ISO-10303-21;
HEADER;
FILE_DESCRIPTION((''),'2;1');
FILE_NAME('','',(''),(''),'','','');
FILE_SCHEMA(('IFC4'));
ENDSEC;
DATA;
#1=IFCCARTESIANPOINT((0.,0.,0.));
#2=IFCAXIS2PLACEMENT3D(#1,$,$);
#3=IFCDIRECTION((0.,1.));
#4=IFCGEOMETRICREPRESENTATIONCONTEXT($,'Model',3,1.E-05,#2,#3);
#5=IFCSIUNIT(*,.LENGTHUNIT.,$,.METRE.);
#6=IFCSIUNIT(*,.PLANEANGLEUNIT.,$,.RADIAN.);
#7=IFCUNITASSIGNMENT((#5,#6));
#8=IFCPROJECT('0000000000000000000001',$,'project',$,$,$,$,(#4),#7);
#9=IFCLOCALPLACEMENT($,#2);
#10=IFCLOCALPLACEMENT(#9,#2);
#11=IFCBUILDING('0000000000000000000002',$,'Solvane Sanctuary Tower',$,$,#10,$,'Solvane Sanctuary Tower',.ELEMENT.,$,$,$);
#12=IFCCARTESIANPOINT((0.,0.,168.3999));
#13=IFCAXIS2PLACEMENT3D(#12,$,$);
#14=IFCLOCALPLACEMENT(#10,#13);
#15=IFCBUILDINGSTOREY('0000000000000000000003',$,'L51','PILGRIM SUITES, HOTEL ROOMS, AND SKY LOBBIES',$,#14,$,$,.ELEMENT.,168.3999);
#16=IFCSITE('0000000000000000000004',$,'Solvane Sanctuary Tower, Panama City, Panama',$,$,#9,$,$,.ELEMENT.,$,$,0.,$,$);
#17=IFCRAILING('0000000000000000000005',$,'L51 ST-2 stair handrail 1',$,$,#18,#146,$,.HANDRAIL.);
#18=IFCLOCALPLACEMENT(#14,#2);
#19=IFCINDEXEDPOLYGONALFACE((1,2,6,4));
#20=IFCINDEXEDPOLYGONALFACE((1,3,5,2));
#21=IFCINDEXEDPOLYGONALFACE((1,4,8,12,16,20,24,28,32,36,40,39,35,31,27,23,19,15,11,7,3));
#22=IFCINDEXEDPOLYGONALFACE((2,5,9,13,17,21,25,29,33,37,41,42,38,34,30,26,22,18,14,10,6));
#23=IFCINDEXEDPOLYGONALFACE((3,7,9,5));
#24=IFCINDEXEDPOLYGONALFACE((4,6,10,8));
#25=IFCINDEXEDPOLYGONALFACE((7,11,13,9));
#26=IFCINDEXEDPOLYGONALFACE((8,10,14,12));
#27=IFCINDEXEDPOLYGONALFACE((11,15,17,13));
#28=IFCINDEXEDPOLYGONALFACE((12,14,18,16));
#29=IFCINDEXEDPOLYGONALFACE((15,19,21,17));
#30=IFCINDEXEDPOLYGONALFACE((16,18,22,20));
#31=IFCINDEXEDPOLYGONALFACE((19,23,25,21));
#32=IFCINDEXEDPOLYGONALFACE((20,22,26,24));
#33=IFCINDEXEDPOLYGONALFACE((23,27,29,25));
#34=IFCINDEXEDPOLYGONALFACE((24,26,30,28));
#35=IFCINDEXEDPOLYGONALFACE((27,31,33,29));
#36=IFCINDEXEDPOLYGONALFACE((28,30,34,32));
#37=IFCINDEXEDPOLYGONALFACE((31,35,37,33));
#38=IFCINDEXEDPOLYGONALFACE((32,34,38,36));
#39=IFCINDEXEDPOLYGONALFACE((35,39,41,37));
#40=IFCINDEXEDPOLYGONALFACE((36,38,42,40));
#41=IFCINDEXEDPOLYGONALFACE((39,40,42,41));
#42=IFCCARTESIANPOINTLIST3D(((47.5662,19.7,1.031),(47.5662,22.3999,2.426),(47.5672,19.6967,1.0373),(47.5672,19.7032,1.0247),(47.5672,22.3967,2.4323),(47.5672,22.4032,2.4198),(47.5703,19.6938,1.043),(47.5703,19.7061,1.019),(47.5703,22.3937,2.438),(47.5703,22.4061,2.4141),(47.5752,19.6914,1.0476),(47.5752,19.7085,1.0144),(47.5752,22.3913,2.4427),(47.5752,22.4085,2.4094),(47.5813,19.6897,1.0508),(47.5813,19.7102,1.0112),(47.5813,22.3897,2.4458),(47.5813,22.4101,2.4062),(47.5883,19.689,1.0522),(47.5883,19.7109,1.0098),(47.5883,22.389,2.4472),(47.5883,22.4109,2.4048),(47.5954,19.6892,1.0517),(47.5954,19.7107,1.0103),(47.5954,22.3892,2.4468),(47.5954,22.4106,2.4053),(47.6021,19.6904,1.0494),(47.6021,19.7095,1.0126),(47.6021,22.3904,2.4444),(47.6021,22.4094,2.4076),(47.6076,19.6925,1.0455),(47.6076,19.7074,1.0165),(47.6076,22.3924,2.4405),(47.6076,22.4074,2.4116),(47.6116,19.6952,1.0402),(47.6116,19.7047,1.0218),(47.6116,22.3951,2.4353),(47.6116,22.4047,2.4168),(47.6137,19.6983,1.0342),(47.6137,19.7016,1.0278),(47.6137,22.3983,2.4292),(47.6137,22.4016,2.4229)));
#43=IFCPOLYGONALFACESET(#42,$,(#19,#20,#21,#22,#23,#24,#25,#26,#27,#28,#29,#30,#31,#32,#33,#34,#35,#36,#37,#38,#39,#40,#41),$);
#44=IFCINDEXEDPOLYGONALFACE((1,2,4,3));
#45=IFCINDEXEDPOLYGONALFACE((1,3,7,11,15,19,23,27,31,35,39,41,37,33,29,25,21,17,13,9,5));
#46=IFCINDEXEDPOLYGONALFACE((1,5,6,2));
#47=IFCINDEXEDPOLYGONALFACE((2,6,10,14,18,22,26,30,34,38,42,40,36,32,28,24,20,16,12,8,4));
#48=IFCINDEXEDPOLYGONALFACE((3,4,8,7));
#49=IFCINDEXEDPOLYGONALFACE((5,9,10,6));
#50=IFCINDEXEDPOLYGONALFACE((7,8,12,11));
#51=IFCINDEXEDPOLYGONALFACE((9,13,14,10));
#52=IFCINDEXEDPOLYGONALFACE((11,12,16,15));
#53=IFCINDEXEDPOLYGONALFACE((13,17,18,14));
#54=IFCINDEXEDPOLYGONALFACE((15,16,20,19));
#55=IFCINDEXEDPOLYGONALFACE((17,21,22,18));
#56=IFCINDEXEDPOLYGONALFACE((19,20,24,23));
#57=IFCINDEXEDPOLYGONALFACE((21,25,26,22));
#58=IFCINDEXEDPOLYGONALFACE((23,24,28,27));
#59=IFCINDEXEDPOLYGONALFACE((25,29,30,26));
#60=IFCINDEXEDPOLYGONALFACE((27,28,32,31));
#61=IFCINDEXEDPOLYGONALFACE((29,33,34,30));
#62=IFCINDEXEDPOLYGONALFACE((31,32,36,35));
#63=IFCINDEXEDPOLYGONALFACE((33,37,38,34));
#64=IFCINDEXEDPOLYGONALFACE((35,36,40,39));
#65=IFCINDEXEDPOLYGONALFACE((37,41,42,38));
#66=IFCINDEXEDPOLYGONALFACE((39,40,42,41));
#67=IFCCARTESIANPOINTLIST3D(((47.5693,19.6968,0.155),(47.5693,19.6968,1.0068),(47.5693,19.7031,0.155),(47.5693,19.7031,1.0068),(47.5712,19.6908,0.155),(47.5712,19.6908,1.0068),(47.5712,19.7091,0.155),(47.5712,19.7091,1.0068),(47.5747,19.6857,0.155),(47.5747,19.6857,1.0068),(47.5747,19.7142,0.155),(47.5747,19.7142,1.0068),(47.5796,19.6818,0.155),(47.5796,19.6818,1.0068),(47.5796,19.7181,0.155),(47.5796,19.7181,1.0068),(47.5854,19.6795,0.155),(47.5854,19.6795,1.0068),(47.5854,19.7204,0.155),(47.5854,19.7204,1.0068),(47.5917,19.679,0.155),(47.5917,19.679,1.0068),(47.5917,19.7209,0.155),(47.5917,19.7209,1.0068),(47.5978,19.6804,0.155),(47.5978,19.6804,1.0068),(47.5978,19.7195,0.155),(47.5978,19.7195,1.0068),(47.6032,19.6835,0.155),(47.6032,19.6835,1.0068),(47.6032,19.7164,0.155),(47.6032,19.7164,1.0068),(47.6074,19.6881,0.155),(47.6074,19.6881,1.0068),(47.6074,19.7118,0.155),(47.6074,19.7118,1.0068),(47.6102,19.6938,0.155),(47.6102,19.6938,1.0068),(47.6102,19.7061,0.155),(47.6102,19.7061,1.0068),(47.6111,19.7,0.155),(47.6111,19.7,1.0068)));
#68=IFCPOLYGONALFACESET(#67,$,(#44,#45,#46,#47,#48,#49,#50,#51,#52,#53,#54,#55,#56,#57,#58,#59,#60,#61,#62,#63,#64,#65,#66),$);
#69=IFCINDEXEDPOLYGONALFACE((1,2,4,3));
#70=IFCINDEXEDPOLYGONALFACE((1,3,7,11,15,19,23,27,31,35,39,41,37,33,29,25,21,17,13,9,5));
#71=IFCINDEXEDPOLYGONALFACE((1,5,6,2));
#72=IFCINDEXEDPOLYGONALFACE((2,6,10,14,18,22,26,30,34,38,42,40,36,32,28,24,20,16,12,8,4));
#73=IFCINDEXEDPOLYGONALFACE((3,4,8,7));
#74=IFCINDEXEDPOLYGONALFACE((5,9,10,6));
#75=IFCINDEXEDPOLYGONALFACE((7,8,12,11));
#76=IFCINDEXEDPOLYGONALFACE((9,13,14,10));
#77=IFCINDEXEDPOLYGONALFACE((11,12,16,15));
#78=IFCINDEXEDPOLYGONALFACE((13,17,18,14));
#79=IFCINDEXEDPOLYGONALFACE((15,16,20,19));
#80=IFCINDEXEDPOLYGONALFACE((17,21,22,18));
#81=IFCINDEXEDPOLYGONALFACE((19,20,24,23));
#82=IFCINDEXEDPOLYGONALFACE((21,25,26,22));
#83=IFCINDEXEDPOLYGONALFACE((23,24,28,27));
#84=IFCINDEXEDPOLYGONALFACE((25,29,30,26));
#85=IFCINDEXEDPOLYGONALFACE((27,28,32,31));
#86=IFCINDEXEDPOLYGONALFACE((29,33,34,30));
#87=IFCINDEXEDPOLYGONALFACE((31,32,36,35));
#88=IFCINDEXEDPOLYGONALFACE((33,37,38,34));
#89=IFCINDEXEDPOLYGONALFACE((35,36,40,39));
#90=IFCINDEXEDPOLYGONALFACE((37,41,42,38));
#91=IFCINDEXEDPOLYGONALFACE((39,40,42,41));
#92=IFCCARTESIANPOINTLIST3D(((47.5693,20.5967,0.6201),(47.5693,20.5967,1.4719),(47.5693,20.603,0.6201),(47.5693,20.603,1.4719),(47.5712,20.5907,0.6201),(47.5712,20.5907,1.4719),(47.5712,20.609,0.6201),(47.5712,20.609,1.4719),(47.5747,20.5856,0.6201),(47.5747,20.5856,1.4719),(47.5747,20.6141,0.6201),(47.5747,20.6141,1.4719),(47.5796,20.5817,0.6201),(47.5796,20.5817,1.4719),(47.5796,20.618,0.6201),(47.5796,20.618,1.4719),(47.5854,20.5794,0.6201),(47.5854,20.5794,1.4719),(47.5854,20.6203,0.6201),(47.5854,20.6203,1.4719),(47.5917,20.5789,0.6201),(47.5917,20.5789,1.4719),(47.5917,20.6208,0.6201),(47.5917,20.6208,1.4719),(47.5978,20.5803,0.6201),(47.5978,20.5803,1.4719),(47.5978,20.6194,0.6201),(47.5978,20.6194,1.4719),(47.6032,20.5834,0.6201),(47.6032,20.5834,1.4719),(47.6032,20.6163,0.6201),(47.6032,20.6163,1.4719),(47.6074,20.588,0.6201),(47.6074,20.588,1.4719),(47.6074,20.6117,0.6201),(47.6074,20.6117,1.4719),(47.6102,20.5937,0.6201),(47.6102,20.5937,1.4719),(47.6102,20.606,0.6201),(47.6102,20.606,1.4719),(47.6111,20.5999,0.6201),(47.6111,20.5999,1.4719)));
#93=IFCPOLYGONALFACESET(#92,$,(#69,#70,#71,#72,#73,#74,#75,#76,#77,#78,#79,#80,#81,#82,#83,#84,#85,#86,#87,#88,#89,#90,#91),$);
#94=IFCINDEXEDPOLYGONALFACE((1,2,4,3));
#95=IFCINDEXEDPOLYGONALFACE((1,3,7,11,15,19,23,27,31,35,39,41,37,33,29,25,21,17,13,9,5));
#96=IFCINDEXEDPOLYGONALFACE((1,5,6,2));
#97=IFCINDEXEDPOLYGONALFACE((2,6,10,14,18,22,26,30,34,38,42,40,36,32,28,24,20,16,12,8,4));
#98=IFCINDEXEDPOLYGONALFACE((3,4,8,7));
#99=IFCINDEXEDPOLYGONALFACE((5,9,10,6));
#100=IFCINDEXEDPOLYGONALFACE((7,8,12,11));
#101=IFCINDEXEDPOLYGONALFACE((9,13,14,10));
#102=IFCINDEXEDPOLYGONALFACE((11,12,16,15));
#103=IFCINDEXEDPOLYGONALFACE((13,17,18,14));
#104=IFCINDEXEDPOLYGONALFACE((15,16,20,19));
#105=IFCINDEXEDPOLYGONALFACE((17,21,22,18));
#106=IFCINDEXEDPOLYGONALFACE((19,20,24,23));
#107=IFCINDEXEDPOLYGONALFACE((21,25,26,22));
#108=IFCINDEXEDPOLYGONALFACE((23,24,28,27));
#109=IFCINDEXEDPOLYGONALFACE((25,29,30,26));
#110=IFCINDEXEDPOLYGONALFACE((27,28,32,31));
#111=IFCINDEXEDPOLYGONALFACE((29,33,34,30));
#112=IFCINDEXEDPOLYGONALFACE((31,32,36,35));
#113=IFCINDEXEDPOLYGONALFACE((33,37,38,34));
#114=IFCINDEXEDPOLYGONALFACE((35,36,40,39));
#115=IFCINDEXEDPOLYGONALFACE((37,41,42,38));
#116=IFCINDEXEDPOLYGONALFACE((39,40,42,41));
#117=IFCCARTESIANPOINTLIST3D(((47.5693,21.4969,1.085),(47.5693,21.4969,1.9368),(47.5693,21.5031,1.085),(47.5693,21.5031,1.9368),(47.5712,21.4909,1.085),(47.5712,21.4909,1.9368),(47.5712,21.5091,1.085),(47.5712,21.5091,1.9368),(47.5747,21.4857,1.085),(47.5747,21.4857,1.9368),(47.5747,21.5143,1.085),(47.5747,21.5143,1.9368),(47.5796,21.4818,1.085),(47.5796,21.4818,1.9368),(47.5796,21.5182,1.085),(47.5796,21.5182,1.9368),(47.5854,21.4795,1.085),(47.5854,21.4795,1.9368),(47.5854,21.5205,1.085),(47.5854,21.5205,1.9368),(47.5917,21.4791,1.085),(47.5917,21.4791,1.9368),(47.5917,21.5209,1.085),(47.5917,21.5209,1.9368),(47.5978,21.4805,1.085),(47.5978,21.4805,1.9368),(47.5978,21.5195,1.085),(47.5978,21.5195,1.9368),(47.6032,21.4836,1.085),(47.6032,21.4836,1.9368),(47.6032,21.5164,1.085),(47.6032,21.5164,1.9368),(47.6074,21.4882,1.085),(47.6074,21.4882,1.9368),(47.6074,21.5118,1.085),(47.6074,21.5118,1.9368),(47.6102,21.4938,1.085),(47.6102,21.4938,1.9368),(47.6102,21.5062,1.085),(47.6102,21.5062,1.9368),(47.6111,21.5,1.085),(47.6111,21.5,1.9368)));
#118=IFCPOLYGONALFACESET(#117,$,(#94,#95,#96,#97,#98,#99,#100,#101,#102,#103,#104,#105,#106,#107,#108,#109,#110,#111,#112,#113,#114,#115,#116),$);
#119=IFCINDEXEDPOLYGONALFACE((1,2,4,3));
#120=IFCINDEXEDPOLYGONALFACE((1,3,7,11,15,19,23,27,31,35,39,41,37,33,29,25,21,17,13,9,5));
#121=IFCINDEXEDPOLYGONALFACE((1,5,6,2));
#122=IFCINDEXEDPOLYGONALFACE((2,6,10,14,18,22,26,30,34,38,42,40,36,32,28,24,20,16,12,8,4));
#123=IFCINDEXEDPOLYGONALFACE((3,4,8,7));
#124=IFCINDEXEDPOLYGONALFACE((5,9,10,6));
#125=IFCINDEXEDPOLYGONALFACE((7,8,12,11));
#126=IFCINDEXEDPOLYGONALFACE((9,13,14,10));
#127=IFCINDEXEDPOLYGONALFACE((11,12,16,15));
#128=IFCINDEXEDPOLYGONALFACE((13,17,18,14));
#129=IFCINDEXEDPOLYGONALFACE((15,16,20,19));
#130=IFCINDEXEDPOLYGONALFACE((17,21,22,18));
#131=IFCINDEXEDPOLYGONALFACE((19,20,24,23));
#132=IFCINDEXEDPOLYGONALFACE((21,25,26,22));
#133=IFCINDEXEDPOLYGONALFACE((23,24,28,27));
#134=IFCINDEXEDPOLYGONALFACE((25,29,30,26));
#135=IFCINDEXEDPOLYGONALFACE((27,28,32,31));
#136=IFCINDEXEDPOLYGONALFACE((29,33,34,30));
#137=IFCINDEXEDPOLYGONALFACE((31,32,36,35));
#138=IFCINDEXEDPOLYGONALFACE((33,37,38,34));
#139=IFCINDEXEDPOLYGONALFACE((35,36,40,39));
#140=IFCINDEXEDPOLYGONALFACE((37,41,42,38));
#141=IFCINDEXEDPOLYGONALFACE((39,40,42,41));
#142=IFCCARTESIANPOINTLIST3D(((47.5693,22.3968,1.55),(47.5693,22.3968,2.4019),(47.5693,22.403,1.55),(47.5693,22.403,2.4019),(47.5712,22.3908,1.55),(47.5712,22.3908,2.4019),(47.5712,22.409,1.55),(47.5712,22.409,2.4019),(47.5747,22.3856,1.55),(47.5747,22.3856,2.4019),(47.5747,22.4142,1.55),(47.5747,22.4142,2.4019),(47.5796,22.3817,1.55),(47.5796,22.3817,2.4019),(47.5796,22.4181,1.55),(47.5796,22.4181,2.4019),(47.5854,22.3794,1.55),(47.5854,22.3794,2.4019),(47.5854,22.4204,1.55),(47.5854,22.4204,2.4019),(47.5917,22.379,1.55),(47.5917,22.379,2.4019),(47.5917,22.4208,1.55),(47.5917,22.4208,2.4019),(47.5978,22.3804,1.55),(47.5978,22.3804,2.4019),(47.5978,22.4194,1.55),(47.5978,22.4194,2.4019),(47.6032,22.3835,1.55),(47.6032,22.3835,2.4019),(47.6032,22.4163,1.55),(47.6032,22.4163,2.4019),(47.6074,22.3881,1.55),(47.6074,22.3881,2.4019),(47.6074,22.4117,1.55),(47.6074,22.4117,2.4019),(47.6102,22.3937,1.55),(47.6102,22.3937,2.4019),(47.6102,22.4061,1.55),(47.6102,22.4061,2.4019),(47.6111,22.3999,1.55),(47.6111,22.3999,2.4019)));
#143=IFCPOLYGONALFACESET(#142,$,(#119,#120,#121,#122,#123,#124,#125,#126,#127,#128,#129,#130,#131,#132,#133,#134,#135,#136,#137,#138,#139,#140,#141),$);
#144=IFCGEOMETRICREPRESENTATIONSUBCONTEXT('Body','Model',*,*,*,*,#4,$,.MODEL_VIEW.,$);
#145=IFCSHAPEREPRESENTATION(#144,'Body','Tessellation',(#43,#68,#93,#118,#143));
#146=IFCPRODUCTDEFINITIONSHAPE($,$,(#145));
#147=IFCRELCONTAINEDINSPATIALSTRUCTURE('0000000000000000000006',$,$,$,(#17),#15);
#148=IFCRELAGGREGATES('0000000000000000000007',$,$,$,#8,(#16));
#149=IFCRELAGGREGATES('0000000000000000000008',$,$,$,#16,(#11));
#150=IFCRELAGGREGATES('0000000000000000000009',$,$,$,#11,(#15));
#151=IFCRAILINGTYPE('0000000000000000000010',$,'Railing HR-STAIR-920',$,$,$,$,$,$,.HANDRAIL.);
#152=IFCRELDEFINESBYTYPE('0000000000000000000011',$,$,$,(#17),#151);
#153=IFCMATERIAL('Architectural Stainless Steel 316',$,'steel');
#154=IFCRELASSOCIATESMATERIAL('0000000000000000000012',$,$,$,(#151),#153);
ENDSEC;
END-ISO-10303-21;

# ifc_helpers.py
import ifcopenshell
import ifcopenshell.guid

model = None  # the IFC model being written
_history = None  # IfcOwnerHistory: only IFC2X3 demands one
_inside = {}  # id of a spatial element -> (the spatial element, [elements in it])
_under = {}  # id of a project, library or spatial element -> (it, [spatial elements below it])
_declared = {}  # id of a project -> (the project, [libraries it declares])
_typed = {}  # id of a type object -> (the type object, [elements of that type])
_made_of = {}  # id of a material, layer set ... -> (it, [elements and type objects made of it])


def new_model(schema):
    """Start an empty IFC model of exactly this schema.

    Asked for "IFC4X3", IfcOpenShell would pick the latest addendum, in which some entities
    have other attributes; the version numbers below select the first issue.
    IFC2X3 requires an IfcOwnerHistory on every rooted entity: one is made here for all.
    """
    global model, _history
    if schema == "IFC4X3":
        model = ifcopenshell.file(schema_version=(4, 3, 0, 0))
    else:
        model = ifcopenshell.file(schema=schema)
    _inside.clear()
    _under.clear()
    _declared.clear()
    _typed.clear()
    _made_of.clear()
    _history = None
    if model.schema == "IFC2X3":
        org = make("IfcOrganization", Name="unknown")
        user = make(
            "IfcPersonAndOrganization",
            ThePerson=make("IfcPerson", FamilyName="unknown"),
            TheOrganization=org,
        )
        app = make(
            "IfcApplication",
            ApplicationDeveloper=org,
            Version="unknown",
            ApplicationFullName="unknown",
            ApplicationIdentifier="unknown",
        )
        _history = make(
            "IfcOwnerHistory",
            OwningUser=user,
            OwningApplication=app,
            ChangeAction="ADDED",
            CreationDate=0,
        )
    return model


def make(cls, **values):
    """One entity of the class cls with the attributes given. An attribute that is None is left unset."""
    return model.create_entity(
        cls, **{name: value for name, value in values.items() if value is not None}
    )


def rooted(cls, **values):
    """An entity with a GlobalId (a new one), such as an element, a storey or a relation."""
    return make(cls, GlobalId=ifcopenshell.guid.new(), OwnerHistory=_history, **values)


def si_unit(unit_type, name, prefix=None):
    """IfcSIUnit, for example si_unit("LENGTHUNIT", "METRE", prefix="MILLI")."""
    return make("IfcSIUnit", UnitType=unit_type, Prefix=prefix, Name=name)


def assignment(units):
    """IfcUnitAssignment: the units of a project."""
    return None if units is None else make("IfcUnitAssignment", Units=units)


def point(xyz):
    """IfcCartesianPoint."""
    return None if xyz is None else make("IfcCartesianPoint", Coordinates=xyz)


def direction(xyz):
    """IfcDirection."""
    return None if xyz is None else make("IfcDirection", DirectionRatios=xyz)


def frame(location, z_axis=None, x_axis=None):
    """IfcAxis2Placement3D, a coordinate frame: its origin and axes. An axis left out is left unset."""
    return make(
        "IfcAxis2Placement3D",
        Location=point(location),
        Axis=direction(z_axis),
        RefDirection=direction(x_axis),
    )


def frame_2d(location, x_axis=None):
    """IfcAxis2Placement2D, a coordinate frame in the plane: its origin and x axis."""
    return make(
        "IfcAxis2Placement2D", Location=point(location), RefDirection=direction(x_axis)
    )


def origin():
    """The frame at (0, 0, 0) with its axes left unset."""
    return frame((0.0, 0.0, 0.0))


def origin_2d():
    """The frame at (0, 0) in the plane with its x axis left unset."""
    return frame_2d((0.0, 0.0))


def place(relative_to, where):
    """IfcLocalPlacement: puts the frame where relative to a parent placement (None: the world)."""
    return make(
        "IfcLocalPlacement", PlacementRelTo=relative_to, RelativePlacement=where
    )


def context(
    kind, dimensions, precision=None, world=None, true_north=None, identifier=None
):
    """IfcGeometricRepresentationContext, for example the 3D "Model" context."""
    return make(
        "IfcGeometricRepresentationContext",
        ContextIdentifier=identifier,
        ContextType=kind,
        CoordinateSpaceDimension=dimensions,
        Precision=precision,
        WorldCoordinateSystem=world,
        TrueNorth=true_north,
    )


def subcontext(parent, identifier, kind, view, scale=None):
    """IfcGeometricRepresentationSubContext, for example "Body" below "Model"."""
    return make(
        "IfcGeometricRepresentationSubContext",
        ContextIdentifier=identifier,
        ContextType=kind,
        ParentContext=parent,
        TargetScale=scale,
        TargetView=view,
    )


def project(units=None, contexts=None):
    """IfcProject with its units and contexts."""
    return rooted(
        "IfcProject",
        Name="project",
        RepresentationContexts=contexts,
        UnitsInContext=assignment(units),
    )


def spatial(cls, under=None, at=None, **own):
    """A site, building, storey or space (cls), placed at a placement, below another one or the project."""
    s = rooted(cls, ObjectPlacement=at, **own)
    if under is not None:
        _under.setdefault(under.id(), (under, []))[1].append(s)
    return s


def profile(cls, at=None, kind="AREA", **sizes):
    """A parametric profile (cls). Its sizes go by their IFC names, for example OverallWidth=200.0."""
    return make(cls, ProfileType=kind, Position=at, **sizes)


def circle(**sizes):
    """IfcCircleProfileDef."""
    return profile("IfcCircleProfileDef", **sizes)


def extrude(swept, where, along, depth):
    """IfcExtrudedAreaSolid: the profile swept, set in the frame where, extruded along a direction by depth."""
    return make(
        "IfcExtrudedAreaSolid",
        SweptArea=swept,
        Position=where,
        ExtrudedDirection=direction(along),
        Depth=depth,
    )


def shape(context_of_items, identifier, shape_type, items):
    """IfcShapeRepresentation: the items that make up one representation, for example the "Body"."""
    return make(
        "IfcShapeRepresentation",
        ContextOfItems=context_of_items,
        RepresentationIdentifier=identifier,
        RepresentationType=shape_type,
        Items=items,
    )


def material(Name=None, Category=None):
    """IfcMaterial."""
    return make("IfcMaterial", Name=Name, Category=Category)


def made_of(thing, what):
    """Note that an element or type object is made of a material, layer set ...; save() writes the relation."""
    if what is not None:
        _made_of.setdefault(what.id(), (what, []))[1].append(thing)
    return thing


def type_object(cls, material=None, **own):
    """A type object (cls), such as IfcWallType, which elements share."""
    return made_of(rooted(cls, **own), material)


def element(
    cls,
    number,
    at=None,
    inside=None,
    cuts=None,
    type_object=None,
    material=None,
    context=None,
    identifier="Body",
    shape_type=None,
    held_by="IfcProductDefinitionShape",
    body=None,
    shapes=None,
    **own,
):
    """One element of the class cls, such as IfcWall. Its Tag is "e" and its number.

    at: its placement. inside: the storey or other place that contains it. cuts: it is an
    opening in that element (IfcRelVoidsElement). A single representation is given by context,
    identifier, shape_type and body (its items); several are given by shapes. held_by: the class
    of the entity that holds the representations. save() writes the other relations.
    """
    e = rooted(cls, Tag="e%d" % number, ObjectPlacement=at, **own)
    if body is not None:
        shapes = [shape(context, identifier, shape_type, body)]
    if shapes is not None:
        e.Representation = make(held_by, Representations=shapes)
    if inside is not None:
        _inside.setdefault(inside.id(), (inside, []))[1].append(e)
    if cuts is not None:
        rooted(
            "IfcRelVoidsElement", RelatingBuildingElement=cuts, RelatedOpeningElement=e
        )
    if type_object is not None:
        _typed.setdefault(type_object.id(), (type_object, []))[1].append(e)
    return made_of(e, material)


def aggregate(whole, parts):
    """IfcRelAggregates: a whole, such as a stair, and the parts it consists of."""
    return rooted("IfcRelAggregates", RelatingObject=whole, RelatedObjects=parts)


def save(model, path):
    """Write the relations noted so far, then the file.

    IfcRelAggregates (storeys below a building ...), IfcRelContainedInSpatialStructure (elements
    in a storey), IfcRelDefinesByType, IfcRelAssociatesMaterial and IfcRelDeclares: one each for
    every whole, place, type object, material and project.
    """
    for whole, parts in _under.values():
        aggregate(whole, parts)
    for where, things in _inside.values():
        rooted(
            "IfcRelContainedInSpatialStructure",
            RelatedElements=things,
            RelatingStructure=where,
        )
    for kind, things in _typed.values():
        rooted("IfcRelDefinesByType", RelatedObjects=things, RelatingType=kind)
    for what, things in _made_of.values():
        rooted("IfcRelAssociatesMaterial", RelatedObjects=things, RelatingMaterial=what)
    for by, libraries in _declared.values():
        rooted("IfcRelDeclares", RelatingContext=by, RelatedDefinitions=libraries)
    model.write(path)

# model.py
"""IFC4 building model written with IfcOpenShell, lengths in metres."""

from ifc_helpers import new_model, si_unit, direction, frame, origin, origin_2d, place, context, subcontext, project, spatial, circle, extrude, material, type_object, element, save


model = new_model("IFC4")

# Units and contexts
model_context = context("Model", 3, precision=1e-05, world=origin(), true_north=direction((0.0, 1.0)))
body_context = subcontext(model_context, "Body", "Model", "MODEL_VIEW")
ifc_project = project(units=[si_unit("LENGTHUNIT", "METRE"), si_unit("PLANEANGLEUNIT", "RADIAN")], contexts=[model_context])

# Site, building, storey
site_placement = place(None, origin())
site = spatial("IfcSite", under=ifc_project, at=site_placement, Name="Solvane Sanctuary Tower, Panama City, Panama", CompositionType="ELEMENT", RefElevation=0.0)
building_placement = place(site_placement, origin())
building = spatial("IfcBuilding", under=site, at=building_placement, Name="Solvane Sanctuary Tower", LongName="Solvane Sanctuary Tower", CompositionType="ELEMENT")
storey_placement = place(building_placement, frame((0.0, 0.0, 168.3999)))
storey = spatial("IfcBuildingStorey", under=building, at=storey_placement, Name="L51", Description="PILGRIM SUITES, HOTEL ROOMS, AND SKY LOBBIES", CompositionType="ELEMENT", Elevation=168.3999)

# Shared definitions
ifc_material_1 = material(Name="Architectural Stainless Steel 316", Category="steel")

# Railing
railing_type_1 = type_object("IfcRailingType", Name="Railing HR-STAIR-920", PredefinedType="HANDRAIL", material=ifc_material_1)
railing_1_placement = place(storey_placement, frame((47.5901, 19.7, 0.155)))
element("IfcRailing", 1, at=railing_1_placement, inside=storey, type_object=railing_type_1, Name="L51 ST-2 stair handrail 1", PredefinedType="HANDRAIL", context=body_context, shape_type="SweptSolid", body=[
    extrude(circle(Radius=0.0239, at=origin_2d()), frame((0.0, 0.0, 0.876), z_axis=(0.0, 0.88842, 0.459032), x_axis=(-1.0, 0.0, 0.0)), (0.0, 0.0, 1.0), 3.0391),
    extrude(circle(Radius=0.021, at=origin_2d()), origin(), (0.0, 0.0, 1.0), 0.8518),
    extrude(circle(Radius=0.021, at=origin_2d()), frame((0.0, 0.8999, 0.4651)), (0.0, 0.0, 1.0), 0.8518),
    extrude(circle(Radius=0.021, at=origin_2d()), frame((0.0, 1.8, 0.9299)), (0.0, 0.0, 1.0), 0.8518),
    extrude(circle(Radius=0.021, at=origin_2d()), frame((0.0, 2.7, 1.395)), (0.0, 0.0, 1.0), 0.8518),
])

save(model, "model.ifc")
